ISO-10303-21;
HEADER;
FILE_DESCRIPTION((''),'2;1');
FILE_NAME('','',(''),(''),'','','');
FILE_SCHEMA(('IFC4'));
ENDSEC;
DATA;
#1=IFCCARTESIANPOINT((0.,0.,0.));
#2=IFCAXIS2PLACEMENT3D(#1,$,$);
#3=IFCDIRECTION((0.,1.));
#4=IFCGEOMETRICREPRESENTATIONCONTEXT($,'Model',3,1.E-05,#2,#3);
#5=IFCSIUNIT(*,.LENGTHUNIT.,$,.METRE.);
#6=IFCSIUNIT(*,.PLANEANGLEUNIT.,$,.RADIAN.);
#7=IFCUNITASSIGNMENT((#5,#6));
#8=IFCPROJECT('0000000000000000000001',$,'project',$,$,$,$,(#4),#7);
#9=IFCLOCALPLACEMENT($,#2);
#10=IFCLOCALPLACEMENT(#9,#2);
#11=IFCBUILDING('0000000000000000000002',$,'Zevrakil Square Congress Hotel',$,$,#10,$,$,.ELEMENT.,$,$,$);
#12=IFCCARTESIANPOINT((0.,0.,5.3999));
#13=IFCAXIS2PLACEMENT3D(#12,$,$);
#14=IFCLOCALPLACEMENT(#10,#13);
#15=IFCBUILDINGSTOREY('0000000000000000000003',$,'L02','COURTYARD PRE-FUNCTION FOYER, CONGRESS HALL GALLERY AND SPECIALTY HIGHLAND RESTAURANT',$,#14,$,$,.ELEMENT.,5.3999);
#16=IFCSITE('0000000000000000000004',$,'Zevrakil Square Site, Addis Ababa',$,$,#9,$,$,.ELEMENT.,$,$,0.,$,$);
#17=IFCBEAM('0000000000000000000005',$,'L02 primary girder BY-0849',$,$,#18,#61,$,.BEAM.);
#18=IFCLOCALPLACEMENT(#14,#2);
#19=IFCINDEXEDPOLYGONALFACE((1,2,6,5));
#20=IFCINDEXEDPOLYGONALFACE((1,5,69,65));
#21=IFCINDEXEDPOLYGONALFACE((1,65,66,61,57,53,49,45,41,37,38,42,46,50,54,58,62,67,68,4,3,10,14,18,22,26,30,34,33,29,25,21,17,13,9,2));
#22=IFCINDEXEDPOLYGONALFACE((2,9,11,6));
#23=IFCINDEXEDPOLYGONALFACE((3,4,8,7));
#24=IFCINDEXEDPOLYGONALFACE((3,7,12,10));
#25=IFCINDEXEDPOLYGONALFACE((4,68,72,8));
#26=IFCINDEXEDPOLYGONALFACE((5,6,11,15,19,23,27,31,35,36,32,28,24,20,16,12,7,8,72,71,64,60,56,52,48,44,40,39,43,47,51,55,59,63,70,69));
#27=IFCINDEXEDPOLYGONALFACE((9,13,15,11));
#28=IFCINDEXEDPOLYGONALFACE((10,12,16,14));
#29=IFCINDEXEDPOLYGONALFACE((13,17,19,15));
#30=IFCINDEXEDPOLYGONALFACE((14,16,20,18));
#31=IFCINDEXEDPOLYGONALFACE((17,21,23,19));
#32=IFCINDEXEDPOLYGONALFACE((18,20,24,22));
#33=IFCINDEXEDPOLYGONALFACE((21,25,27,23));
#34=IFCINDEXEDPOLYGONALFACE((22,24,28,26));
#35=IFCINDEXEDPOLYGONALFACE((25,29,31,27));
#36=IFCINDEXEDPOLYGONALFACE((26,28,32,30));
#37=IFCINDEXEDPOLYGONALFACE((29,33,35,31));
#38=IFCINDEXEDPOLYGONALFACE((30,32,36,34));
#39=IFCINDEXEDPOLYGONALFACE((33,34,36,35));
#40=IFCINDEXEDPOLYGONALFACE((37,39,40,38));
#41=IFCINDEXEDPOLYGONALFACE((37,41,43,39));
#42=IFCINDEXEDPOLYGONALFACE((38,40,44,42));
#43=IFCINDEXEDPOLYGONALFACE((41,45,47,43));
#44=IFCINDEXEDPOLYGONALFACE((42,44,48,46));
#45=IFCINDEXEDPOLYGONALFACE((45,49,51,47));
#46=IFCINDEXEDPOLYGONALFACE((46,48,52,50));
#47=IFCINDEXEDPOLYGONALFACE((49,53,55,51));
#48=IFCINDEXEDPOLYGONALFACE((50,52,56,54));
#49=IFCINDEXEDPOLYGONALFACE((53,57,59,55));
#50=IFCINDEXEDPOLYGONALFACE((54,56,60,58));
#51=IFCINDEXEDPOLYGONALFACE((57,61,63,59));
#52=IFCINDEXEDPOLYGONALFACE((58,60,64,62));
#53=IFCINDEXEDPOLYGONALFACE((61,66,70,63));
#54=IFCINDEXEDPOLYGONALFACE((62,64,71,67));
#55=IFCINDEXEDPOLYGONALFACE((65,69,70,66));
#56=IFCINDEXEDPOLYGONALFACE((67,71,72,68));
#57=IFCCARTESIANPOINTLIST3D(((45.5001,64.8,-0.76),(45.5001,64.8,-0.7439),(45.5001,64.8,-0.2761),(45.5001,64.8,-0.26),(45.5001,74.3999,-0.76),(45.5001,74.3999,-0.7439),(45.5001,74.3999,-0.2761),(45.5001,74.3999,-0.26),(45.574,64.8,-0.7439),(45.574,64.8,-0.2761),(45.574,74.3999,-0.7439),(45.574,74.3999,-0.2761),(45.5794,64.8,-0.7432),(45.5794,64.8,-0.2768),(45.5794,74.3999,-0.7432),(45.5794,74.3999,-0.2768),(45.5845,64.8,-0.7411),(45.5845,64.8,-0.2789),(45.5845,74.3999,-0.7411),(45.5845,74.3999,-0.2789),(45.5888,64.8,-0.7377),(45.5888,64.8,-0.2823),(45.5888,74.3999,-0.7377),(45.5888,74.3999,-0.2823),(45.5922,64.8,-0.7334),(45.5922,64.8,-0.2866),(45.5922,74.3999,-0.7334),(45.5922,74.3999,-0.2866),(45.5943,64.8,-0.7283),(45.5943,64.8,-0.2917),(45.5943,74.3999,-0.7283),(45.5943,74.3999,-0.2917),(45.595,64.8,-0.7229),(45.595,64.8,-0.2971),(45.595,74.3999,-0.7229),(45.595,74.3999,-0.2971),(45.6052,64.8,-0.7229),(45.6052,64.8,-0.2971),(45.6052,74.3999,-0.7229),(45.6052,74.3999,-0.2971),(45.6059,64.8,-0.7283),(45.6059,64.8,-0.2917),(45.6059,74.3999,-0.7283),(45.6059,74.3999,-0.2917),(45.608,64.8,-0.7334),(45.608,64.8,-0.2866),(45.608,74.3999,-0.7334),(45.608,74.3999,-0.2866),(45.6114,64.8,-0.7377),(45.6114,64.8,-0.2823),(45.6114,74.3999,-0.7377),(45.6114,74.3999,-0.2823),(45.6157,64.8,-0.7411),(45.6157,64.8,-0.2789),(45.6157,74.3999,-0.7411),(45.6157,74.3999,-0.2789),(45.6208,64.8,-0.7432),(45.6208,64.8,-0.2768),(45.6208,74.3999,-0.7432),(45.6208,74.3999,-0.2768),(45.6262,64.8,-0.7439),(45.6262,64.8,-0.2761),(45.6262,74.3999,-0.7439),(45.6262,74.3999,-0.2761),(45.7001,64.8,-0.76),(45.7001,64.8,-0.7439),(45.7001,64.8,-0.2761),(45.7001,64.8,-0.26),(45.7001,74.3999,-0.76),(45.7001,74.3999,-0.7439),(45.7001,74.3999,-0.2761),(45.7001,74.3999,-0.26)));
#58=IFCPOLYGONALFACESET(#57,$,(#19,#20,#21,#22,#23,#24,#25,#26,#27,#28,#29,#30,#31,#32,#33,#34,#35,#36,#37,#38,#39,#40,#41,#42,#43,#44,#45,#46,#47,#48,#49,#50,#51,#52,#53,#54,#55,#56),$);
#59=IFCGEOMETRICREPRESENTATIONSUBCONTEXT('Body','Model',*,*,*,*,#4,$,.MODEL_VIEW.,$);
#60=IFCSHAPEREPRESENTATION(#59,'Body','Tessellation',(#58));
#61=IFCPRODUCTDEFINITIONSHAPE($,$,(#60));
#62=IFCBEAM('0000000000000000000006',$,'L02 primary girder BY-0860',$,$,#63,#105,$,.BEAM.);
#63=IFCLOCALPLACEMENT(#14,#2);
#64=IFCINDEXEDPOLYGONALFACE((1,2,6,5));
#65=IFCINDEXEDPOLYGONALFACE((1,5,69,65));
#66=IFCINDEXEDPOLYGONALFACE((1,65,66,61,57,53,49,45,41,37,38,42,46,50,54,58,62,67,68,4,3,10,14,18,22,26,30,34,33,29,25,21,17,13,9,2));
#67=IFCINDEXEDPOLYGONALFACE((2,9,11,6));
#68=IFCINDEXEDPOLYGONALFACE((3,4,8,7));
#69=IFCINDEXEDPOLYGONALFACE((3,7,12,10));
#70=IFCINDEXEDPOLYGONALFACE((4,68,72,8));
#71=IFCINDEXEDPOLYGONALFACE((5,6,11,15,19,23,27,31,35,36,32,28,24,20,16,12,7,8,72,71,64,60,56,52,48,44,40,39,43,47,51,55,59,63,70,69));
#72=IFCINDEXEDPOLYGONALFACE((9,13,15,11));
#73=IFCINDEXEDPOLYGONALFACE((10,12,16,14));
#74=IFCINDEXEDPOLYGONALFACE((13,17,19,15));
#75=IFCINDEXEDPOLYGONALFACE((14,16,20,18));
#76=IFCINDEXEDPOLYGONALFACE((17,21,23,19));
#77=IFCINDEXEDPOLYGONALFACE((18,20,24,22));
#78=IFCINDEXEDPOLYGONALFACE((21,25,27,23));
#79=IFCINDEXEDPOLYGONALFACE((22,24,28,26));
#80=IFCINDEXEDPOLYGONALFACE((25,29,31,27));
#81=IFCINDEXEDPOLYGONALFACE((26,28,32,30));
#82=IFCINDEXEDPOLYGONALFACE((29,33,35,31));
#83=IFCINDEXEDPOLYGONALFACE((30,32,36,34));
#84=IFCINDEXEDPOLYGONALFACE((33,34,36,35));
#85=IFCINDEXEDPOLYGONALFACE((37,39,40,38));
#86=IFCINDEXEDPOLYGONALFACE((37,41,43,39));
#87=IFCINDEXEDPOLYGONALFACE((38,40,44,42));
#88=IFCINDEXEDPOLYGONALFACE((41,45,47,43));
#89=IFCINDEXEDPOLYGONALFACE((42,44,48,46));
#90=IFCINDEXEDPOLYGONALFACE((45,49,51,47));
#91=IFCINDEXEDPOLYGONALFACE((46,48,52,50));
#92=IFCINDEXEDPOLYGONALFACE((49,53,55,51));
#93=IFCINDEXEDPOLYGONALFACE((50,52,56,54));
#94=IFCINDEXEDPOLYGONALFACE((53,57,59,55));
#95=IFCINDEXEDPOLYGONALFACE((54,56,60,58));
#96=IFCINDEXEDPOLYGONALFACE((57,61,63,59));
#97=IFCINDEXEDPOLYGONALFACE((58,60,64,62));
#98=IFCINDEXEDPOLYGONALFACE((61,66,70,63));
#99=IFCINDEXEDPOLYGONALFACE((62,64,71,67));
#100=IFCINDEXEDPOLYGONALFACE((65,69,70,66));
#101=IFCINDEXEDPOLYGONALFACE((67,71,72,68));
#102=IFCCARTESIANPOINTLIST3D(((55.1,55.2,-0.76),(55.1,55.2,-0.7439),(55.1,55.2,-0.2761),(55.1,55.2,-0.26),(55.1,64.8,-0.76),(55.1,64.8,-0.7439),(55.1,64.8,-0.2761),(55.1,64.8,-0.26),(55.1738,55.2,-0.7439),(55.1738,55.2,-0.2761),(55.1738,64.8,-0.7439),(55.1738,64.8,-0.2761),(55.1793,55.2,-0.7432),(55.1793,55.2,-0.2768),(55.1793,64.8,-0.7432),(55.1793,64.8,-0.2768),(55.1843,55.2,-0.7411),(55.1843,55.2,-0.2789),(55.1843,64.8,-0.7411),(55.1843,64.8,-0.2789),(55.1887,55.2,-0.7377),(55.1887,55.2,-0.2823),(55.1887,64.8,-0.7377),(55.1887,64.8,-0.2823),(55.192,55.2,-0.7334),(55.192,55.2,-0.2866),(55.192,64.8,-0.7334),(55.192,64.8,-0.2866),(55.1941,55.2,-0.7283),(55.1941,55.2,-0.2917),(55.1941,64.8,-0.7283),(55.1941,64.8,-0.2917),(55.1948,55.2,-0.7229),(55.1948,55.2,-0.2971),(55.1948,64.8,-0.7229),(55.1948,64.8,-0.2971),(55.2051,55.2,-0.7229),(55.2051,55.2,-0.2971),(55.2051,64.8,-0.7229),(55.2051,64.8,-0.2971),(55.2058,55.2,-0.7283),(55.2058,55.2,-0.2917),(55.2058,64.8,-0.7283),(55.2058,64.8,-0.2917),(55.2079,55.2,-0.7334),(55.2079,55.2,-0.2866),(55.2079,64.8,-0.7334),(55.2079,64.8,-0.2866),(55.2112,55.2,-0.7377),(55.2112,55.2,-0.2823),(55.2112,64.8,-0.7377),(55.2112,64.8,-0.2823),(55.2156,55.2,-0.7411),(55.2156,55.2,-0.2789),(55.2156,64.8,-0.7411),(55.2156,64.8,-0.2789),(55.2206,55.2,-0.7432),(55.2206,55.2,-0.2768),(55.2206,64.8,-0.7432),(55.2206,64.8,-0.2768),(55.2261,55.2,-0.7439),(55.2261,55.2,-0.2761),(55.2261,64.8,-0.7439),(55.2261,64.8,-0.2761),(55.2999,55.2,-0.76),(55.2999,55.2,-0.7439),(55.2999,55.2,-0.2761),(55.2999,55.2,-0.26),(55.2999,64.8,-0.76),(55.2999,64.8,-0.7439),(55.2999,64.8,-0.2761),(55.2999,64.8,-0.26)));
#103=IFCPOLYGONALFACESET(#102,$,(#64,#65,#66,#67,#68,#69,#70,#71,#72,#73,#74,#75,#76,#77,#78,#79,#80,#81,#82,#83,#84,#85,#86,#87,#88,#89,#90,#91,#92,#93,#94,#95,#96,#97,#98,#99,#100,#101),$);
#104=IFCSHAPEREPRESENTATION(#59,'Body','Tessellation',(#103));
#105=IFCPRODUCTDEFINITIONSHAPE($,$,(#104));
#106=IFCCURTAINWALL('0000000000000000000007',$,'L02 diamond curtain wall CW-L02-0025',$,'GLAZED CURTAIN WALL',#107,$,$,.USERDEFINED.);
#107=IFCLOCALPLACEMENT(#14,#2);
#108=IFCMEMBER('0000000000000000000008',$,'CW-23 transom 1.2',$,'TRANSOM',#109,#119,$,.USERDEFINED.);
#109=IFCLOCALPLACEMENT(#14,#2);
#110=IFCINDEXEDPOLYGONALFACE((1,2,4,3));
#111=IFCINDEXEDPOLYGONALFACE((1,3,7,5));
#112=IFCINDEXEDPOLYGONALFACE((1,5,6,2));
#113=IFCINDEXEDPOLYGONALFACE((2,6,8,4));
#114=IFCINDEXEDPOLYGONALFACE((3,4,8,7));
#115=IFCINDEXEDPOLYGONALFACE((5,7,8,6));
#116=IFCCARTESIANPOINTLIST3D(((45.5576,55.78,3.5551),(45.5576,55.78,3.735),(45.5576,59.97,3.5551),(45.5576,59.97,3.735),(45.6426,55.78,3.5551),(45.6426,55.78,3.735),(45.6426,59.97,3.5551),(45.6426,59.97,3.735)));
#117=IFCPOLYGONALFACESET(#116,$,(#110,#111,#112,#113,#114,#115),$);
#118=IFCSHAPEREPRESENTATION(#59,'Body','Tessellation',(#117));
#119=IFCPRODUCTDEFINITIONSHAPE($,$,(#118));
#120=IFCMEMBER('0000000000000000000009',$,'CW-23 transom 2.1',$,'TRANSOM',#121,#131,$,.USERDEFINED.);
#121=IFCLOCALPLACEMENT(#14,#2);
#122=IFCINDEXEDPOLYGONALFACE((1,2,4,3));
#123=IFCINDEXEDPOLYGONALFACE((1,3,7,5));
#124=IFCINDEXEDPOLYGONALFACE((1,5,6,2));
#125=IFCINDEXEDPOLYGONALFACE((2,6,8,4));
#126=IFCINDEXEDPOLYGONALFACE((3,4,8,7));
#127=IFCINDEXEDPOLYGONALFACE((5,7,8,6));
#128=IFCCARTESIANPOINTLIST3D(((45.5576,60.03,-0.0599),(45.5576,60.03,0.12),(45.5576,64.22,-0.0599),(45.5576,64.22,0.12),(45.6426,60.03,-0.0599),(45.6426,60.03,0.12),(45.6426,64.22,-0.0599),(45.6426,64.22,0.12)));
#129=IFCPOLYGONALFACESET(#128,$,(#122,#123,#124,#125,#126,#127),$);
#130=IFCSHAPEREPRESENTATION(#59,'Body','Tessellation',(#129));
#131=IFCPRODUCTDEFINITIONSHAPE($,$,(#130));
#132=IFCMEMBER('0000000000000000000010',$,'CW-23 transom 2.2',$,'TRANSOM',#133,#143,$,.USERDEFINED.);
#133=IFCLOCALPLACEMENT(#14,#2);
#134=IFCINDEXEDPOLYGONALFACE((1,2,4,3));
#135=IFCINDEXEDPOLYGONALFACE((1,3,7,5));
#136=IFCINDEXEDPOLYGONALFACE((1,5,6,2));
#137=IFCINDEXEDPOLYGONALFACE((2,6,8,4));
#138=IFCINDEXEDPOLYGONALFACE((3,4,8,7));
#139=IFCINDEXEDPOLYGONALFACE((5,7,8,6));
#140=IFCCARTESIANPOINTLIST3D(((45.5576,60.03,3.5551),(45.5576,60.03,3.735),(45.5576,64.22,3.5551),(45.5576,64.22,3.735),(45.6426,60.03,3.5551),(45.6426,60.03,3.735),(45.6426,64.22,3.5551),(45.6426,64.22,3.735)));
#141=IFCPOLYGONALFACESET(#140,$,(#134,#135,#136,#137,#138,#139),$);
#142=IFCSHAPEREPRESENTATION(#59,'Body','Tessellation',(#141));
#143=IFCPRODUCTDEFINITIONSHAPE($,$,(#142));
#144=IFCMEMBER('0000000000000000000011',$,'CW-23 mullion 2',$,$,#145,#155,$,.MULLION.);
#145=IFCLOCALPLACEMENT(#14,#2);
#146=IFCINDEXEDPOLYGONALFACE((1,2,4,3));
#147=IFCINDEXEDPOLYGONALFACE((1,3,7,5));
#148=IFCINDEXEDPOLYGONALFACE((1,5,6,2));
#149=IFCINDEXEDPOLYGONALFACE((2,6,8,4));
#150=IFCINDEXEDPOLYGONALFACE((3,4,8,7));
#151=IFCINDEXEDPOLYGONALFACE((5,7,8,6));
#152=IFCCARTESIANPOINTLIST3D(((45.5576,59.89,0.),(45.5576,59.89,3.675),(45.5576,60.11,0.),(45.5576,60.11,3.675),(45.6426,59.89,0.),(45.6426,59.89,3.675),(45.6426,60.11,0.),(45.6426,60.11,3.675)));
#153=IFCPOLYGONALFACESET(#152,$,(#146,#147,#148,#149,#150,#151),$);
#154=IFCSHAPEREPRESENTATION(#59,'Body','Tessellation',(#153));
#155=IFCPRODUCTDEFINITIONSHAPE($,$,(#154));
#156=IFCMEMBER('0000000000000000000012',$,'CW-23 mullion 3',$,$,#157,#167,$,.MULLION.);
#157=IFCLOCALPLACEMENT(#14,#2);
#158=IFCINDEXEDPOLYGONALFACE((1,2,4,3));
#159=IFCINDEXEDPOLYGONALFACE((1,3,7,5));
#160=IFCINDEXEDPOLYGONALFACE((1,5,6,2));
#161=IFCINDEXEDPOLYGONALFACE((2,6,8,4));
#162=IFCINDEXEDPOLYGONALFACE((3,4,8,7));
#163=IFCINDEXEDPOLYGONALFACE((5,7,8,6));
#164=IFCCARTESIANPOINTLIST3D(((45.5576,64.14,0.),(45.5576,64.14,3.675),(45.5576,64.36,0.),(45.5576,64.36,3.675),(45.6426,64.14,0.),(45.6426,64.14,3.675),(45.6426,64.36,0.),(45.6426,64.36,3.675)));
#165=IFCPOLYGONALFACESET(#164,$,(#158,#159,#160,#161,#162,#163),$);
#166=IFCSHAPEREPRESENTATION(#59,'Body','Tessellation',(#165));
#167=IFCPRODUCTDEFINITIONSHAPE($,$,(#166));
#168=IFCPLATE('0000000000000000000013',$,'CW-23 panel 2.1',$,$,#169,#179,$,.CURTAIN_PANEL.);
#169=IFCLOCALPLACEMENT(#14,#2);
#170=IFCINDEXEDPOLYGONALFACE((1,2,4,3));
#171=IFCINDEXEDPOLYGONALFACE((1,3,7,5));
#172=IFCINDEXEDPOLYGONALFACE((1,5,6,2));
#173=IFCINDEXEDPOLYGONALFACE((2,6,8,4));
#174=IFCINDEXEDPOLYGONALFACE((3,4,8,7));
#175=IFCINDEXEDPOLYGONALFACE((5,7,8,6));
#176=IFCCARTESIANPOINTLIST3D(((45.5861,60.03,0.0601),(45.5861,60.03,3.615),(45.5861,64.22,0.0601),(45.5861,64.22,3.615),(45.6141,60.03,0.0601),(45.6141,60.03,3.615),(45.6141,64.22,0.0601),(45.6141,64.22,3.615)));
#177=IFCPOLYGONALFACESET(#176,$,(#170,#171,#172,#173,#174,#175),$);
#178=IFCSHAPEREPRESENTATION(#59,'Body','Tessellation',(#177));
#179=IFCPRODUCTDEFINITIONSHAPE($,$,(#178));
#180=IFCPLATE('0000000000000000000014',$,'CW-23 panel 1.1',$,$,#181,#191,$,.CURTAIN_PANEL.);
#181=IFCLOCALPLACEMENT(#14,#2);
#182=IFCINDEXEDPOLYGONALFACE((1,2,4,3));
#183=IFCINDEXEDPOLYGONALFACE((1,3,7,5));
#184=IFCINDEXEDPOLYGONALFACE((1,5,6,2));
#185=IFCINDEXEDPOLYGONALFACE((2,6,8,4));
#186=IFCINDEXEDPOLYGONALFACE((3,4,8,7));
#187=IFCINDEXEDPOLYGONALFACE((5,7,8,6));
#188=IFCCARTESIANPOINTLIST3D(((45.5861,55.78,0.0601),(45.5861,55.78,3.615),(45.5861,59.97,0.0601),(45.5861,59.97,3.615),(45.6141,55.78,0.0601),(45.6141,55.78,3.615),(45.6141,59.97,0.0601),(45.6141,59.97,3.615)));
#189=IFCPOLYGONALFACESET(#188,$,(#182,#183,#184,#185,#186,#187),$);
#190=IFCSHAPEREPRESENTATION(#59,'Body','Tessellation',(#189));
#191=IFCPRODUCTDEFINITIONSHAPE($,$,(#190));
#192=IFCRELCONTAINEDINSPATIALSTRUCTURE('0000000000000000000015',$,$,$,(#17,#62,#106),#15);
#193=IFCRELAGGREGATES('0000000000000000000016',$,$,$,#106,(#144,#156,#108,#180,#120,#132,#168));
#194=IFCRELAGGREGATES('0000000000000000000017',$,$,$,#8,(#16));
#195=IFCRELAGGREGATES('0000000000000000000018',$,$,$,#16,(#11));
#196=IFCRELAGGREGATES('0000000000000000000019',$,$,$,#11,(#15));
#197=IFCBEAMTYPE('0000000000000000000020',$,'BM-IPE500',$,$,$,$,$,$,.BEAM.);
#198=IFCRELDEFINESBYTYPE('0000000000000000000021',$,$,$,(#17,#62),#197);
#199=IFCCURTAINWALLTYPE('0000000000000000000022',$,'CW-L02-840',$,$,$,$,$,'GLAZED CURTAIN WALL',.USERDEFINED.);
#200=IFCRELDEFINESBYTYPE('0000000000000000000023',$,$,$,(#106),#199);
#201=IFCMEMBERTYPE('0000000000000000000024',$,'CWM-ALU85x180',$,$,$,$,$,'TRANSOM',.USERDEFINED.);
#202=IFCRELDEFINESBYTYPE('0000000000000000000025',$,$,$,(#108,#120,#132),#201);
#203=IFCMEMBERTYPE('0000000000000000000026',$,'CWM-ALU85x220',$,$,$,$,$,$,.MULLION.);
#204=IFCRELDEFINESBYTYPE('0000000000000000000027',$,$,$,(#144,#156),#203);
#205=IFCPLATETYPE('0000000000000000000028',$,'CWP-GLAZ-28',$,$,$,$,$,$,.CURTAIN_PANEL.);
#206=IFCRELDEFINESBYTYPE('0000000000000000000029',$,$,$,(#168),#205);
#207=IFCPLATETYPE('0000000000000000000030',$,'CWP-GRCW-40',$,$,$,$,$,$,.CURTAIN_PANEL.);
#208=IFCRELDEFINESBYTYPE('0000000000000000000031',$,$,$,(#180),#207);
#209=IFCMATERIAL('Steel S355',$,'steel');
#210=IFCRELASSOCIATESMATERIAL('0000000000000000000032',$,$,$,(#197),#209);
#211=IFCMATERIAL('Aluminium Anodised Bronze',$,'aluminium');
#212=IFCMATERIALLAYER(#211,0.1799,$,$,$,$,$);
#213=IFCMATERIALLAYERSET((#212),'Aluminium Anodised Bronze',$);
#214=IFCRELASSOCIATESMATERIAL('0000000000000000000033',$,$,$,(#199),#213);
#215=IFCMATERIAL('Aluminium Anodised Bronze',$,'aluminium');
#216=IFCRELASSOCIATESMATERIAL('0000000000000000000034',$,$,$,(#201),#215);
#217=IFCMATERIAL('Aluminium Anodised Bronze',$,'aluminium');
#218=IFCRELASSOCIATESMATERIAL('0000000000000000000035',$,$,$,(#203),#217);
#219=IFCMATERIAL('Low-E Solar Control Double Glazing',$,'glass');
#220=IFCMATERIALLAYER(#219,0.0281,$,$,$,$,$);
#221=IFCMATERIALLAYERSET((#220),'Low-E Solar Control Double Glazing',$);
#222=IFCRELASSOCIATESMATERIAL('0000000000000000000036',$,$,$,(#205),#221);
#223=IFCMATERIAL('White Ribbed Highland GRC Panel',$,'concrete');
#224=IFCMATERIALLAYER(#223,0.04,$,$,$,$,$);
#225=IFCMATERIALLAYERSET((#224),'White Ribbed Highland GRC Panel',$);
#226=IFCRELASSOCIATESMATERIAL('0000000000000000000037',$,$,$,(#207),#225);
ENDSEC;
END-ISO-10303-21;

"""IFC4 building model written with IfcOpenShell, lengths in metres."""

from ifc_helpers import new_model, si_unit, direction, frame, origin, origin_2d, place, context, subcontext, project, spatial, rectangle, i_section, extrude, material, layer, layer_set, material_profile, profile_set, type_object, element, aggregate, save


model = new_model("IFC4")

# Units and contexts
model_context = context("Model", 3, precision=1e-05, world=origin(), true_north=direction((0.0, 1.0)))
body_context = subcontext(model_context, "Body", "Model", "MODEL_VIEW")
ifc_project = project(units=[si_unit("LENGTHUNIT", "METRE"), si_unit("PLANEANGLEUNIT", "RADIAN")], contexts=[model_context])

# Site, building, storey
site_placement = place(None, origin())
site = spatial("IfcSite", under=ifc_project, at=site_placement, Name="Zevrakil Square Site, Addis Ababa", CompositionType="ELEMENT", RefElevation=0.0)
building_placement = place(site_placement, origin())
building = spatial("IfcBuilding", under=site, at=building_placement, Name="Zevrakil Square Congress Hotel", CompositionType="ELEMENT")
storey_placement = place(building_placement, frame((0.0, 0.0, 5.3999)))
storey = spatial("IfcBuildingStorey", under=building, at=storey_placement, Name="L02", Description="COURTYARD PRE-FUNCTION FOYER, CONGRESS HALL GALLERY AND SPECIALTY HIGHLAND RESTAURANT", CompositionType="ELEMENT", Elevation=5.3999)

# Beams
ifc_material_1 = material(Name="Steel S355", Category="steel")
ifc_material_profile_1 = material_profile(ifc_material_1, i_section(OverallWidth=0.2, OverallDepth=0.5, WebThickness=0.0103, FlangeThickness=0.0161, FilletRadius=0.021, at=origin_2d()), Name="IPE 500")
ifc_profile_set_1 = profile_set([ifc_material_profile_1], Name="Steel S355")
beam_type_1 = type_object("IfcBeamType", Name="BM-IPE500", PredefinedType="BEAM", material=ifc_profile_set_1)
beam_1_placement = place(storey_placement, frame((45.6001, 64.8, -0.51), z_axis=(0.0, 1.0, 0.0), x_axis=(-1.0, 0.0, 0.0)))
element("IfcBeam", 1, at=beam_1_placement, inside=storey, type_object=beam_type_1, Name="L02 primary girder BY-0849", PredefinedType="BEAM", context=body_context, shape_type="SweptSolid", body=[
    extrude(i_section(OverallWidth=0.2, OverallDepth=0.5, WebThickness=0.0103, FlangeThickness=0.0161, FilletRadius=0.021, at=origin_2d()), origin(), (0.0, 0.0, 1.0), 9.5999),
])
beam_2_placement = place(storey_placement, frame((55.2, 55.2, -0.51), z_axis=(0.0, 1.0, 0.0), x_axis=(-1.0, 0.0, 0.0)))
element("IfcBeam", 2, at=beam_2_placement, inside=storey, type_object=beam_type_1, Name="L02 primary girder BY-0860", PredefinedType="BEAM", context=body_context, shape_type="SweptSolid", body=[
    extrude(i_section(OverallWidth=0.2, OverallDepth=0.5, WebThickness=0.0103, FlangeThickness=0.0161, FilletRadius=0.021, at=origin_2d()), origin(), (0.0, 0.0, 1.0), 9.6001),
])

# Curtain wall, members, plates
ifc_material_2 = material(Name="Aluminium Anodised Bronze", Category="aluminium")
ifc_layer_1 = layer(ifc_material_2, 0.1799)
ifc_layer_set_1 = layer_set([ifc_layer_1], Name="Aluminium Anodised Bronze")
curtain_wall_type = type_object("IfcCurtainWallType", Name="CW-L02-840", ElementType="GLAZED CURTAIN WALL", PredefinedType="USERDEFINED", material=ifc_layer_set_1)
curtain_wall_placement = place(storey_placement, origin())
curtain_wall = element("IfcCurtainWall", 3, at=curtain_wall_placement, inside=storey, type_object=curtain_wall_type, Name="L02 diamond curtain wall CW-L02-0025", ObjectType="GLAZED CURTAIN WALL", PredefinedType="USERDEFINED")
ifc_material_3 = material(Name="Aluminium Anodised Bronze", Category="aluminium")
ifc_material_profile_2 = material_profile(ifc_material_3, rectangle(XDim=0.085, YDim=0.1799, at=origin_2d()), Name="ALU 85x180")
ifc_profile_set_2 = profile_set([ifc_material_profile_2], Name="Aluminium Anodised Bronze")
member_type_1 = type_object("IfcMemberType", Name="CWM-ALU85x180", ElementType="TRANSOM", PredefinedType="USERDEFINED", material=ifc_profile_set_2)
member_1_placement = place(storey_placement, frame((45.6001, 55.78, 3.645), z_axis=(0.0, 1.0, 0.0), x_axis=(-1.0, 0.0, 0.0)))
member_1 = element("IfcMember", 4, at=member_1_placement, type_object=member_type_1, Name="CW-23 transom 1.2", ObjectType="TRANSOM", PredefinedType="USERDEFINED", context=body_context, shape_type="SweptSolid", body=[
    extrude(rectangle(XDim=0.085, YDim=0.1799, at=origin_2d()), origin(), (0.0, 0.0, 1.0), 4.1899),
])
member_2_placement = place(storey_placement, frame((45.6001, 60.03, 0.03), z_axis=(0.0, 1.0, 0.0), x_axis=(-1.0, 0.0, 0.0)))
member_2 = element("IfcMember", 5, at=member_2_placement, type_object=member_type_1, Name="CW-23 transom 2.1", ObjectType="TRANSOM", PredefinedType="USERDEFINED", context=body_context, shape_type="SweptSolid", body=[
    extrude(rectangle(XDim=0.085, YDim=0.1799, at=origin_2d()), origin(), (0.0, 0.0, 1.0), 4.1899),
])
member_3_placement = place(storey_placement, frame((45.6001, 60.03, 3.645), z_axis=(0.0, 1.0, 0.0), x_axis=(-1.0, 0.0, 0.0)))
member_3 = element("IfcMember", 6, at=member_3_placement, type_object=member_type_1, Name="CW-23 transom 2.2", ObjectType="TRANSOM", PredefinedType="USERDEFINED", context=body_context, shape_type="SweptSolid", body=[
    extrude(rectangle(XDim=0.085, YDim=0.1799, at=origin_2d()), origin(), (0.0, 0.0, 1.0), 4.1899),
])
ifc_material_4 = material(Name="Aluminium Anodised Bronze", Category="aluminium")
ifc_material_profile_3 = material_profile(ifc_material_4, rectangle(XDim=0.085, YDim=0.22, at=origin_2d()), Name="ALU 85x220")
ifc_profile_set_3 = profile_set([ifc_material_profile_3], Name="Aluminium Anodised Bronze")
member_type_2 = type_object("IfcMemberType", Name="CWM-ALU85x220", PredefinedType="MULLION", material=ifc_profile_set_3)
member_4_placement = place(storey_placement, frame((45.6001, 60.0, 0.0), z_axis=(0.0, 0.0, 1.0), x_axis=(-1.0, 0.0, 0.0)))
member_4 = element("IfcMember", 7, at=member_4_placement, type_object=member_type_2, Name="CW-23 mullion 2", PredefinedType="MULLION", context=body_context, shape_type="SweptSolid", body=[
    extrude(rectangle(XDim=0.085, YDim=0.22, at=origin_2d()), origin(), (0.0, 0.0, 1.0), 3.675),
])
member_5_placement = place(storey_placement, frame((45.6001, 64.25, 0.0), z_axis=(0.0, 0.0, 1.0), x_axis=(-1.0, 0.0, 0.0)))
member_5 = element("IfcMember", 8, at=member_5_placement, type_object=member_type_2, Name="CW-23 mullion 3", PredefinedType="MULLION", context=body_context, shape_type="SweptSolid", body=[
    extrude(rectangle(XDim=0.085, YDim=0.22, at=origin_2d()), origin(), (0.0, 0.0, 1.0), 3.675),
])
ifc_material_5 = material(Name="Low-E Solar Control Double Glazing", Category="glass")
ifc_layer_2 = layer(ifc_material_5, 0.0281)
ifc_layer_set_2 = layer_set([ifc_layer_2], Name="Low-E Solar Control Double Glazing")
plate_type_1 = type_object("IfcPlateType", Name="CWP-GLAZ-28", PredefinedType="CURTAIN_PANEL", material=ifc_layer_set_2)
plate_1_placement = place(storey_placement, frame((45.6001, 62.125, 0.0601), z_axis=(0.0, 0.0, 1.0), x_axis=(0.0, 1.0, 0.0)))
plate_1 = element("IfcPlate", 9, at=plate_1_placement, type_object=plate_type_1, Name="CW-23 panel 2.1", PredefinedType="CURTAIN_PANEL", context=body_context, shape_type="SweptSolid", body=[
    extrude(rectangle(XDim=4.1899, YDim=0.0281, at=origin_2d()), origin(), (0.0, 0.0, 1.0), 3.5549),
])
ifc_material_6 = material(Name="White Ribbed Highland GRC Panel", Category="concrete")
ifc_layer_3 = layer(ifc_material_6, 0.04)
ifc_layer_set_3 = layer_set([ifc_layer_3], Name="White Ribbed Highland GRC Panel")
plate_type_2 = type_object("IfcPlateType", Name="CWP-GRCW-40", PredefinedType="CURTAIN_PANEL", material=ifc_layer_set_3)
plate_2_placement = place(storey_placement, frame((45.6001, 57.875, 0.0601), z_axis=(0.0, 0.0, 1.0), x_axis=(0.0, 1.0, 0.0)))
plate_2 = element("IfcPlate", 10, at=plate_2_placement, type_object=plate_type_2, Name="CW-23 panel 1.1", PredefinedType="CURTAIN_PANEL", context=body_context, shape_type="SweptSolid", body=[
    extrude(rectangle(XDim=4.1899, YDim=0.0281, at=origin_2d()), origin(), (0.0, 0.0, 1.0), 3.5549),
])
aggregate(curtain_wall, [member_4, member_5, member_1, plate_2, member_2, member_3, plate_1])

save(model, "model.ifc")
